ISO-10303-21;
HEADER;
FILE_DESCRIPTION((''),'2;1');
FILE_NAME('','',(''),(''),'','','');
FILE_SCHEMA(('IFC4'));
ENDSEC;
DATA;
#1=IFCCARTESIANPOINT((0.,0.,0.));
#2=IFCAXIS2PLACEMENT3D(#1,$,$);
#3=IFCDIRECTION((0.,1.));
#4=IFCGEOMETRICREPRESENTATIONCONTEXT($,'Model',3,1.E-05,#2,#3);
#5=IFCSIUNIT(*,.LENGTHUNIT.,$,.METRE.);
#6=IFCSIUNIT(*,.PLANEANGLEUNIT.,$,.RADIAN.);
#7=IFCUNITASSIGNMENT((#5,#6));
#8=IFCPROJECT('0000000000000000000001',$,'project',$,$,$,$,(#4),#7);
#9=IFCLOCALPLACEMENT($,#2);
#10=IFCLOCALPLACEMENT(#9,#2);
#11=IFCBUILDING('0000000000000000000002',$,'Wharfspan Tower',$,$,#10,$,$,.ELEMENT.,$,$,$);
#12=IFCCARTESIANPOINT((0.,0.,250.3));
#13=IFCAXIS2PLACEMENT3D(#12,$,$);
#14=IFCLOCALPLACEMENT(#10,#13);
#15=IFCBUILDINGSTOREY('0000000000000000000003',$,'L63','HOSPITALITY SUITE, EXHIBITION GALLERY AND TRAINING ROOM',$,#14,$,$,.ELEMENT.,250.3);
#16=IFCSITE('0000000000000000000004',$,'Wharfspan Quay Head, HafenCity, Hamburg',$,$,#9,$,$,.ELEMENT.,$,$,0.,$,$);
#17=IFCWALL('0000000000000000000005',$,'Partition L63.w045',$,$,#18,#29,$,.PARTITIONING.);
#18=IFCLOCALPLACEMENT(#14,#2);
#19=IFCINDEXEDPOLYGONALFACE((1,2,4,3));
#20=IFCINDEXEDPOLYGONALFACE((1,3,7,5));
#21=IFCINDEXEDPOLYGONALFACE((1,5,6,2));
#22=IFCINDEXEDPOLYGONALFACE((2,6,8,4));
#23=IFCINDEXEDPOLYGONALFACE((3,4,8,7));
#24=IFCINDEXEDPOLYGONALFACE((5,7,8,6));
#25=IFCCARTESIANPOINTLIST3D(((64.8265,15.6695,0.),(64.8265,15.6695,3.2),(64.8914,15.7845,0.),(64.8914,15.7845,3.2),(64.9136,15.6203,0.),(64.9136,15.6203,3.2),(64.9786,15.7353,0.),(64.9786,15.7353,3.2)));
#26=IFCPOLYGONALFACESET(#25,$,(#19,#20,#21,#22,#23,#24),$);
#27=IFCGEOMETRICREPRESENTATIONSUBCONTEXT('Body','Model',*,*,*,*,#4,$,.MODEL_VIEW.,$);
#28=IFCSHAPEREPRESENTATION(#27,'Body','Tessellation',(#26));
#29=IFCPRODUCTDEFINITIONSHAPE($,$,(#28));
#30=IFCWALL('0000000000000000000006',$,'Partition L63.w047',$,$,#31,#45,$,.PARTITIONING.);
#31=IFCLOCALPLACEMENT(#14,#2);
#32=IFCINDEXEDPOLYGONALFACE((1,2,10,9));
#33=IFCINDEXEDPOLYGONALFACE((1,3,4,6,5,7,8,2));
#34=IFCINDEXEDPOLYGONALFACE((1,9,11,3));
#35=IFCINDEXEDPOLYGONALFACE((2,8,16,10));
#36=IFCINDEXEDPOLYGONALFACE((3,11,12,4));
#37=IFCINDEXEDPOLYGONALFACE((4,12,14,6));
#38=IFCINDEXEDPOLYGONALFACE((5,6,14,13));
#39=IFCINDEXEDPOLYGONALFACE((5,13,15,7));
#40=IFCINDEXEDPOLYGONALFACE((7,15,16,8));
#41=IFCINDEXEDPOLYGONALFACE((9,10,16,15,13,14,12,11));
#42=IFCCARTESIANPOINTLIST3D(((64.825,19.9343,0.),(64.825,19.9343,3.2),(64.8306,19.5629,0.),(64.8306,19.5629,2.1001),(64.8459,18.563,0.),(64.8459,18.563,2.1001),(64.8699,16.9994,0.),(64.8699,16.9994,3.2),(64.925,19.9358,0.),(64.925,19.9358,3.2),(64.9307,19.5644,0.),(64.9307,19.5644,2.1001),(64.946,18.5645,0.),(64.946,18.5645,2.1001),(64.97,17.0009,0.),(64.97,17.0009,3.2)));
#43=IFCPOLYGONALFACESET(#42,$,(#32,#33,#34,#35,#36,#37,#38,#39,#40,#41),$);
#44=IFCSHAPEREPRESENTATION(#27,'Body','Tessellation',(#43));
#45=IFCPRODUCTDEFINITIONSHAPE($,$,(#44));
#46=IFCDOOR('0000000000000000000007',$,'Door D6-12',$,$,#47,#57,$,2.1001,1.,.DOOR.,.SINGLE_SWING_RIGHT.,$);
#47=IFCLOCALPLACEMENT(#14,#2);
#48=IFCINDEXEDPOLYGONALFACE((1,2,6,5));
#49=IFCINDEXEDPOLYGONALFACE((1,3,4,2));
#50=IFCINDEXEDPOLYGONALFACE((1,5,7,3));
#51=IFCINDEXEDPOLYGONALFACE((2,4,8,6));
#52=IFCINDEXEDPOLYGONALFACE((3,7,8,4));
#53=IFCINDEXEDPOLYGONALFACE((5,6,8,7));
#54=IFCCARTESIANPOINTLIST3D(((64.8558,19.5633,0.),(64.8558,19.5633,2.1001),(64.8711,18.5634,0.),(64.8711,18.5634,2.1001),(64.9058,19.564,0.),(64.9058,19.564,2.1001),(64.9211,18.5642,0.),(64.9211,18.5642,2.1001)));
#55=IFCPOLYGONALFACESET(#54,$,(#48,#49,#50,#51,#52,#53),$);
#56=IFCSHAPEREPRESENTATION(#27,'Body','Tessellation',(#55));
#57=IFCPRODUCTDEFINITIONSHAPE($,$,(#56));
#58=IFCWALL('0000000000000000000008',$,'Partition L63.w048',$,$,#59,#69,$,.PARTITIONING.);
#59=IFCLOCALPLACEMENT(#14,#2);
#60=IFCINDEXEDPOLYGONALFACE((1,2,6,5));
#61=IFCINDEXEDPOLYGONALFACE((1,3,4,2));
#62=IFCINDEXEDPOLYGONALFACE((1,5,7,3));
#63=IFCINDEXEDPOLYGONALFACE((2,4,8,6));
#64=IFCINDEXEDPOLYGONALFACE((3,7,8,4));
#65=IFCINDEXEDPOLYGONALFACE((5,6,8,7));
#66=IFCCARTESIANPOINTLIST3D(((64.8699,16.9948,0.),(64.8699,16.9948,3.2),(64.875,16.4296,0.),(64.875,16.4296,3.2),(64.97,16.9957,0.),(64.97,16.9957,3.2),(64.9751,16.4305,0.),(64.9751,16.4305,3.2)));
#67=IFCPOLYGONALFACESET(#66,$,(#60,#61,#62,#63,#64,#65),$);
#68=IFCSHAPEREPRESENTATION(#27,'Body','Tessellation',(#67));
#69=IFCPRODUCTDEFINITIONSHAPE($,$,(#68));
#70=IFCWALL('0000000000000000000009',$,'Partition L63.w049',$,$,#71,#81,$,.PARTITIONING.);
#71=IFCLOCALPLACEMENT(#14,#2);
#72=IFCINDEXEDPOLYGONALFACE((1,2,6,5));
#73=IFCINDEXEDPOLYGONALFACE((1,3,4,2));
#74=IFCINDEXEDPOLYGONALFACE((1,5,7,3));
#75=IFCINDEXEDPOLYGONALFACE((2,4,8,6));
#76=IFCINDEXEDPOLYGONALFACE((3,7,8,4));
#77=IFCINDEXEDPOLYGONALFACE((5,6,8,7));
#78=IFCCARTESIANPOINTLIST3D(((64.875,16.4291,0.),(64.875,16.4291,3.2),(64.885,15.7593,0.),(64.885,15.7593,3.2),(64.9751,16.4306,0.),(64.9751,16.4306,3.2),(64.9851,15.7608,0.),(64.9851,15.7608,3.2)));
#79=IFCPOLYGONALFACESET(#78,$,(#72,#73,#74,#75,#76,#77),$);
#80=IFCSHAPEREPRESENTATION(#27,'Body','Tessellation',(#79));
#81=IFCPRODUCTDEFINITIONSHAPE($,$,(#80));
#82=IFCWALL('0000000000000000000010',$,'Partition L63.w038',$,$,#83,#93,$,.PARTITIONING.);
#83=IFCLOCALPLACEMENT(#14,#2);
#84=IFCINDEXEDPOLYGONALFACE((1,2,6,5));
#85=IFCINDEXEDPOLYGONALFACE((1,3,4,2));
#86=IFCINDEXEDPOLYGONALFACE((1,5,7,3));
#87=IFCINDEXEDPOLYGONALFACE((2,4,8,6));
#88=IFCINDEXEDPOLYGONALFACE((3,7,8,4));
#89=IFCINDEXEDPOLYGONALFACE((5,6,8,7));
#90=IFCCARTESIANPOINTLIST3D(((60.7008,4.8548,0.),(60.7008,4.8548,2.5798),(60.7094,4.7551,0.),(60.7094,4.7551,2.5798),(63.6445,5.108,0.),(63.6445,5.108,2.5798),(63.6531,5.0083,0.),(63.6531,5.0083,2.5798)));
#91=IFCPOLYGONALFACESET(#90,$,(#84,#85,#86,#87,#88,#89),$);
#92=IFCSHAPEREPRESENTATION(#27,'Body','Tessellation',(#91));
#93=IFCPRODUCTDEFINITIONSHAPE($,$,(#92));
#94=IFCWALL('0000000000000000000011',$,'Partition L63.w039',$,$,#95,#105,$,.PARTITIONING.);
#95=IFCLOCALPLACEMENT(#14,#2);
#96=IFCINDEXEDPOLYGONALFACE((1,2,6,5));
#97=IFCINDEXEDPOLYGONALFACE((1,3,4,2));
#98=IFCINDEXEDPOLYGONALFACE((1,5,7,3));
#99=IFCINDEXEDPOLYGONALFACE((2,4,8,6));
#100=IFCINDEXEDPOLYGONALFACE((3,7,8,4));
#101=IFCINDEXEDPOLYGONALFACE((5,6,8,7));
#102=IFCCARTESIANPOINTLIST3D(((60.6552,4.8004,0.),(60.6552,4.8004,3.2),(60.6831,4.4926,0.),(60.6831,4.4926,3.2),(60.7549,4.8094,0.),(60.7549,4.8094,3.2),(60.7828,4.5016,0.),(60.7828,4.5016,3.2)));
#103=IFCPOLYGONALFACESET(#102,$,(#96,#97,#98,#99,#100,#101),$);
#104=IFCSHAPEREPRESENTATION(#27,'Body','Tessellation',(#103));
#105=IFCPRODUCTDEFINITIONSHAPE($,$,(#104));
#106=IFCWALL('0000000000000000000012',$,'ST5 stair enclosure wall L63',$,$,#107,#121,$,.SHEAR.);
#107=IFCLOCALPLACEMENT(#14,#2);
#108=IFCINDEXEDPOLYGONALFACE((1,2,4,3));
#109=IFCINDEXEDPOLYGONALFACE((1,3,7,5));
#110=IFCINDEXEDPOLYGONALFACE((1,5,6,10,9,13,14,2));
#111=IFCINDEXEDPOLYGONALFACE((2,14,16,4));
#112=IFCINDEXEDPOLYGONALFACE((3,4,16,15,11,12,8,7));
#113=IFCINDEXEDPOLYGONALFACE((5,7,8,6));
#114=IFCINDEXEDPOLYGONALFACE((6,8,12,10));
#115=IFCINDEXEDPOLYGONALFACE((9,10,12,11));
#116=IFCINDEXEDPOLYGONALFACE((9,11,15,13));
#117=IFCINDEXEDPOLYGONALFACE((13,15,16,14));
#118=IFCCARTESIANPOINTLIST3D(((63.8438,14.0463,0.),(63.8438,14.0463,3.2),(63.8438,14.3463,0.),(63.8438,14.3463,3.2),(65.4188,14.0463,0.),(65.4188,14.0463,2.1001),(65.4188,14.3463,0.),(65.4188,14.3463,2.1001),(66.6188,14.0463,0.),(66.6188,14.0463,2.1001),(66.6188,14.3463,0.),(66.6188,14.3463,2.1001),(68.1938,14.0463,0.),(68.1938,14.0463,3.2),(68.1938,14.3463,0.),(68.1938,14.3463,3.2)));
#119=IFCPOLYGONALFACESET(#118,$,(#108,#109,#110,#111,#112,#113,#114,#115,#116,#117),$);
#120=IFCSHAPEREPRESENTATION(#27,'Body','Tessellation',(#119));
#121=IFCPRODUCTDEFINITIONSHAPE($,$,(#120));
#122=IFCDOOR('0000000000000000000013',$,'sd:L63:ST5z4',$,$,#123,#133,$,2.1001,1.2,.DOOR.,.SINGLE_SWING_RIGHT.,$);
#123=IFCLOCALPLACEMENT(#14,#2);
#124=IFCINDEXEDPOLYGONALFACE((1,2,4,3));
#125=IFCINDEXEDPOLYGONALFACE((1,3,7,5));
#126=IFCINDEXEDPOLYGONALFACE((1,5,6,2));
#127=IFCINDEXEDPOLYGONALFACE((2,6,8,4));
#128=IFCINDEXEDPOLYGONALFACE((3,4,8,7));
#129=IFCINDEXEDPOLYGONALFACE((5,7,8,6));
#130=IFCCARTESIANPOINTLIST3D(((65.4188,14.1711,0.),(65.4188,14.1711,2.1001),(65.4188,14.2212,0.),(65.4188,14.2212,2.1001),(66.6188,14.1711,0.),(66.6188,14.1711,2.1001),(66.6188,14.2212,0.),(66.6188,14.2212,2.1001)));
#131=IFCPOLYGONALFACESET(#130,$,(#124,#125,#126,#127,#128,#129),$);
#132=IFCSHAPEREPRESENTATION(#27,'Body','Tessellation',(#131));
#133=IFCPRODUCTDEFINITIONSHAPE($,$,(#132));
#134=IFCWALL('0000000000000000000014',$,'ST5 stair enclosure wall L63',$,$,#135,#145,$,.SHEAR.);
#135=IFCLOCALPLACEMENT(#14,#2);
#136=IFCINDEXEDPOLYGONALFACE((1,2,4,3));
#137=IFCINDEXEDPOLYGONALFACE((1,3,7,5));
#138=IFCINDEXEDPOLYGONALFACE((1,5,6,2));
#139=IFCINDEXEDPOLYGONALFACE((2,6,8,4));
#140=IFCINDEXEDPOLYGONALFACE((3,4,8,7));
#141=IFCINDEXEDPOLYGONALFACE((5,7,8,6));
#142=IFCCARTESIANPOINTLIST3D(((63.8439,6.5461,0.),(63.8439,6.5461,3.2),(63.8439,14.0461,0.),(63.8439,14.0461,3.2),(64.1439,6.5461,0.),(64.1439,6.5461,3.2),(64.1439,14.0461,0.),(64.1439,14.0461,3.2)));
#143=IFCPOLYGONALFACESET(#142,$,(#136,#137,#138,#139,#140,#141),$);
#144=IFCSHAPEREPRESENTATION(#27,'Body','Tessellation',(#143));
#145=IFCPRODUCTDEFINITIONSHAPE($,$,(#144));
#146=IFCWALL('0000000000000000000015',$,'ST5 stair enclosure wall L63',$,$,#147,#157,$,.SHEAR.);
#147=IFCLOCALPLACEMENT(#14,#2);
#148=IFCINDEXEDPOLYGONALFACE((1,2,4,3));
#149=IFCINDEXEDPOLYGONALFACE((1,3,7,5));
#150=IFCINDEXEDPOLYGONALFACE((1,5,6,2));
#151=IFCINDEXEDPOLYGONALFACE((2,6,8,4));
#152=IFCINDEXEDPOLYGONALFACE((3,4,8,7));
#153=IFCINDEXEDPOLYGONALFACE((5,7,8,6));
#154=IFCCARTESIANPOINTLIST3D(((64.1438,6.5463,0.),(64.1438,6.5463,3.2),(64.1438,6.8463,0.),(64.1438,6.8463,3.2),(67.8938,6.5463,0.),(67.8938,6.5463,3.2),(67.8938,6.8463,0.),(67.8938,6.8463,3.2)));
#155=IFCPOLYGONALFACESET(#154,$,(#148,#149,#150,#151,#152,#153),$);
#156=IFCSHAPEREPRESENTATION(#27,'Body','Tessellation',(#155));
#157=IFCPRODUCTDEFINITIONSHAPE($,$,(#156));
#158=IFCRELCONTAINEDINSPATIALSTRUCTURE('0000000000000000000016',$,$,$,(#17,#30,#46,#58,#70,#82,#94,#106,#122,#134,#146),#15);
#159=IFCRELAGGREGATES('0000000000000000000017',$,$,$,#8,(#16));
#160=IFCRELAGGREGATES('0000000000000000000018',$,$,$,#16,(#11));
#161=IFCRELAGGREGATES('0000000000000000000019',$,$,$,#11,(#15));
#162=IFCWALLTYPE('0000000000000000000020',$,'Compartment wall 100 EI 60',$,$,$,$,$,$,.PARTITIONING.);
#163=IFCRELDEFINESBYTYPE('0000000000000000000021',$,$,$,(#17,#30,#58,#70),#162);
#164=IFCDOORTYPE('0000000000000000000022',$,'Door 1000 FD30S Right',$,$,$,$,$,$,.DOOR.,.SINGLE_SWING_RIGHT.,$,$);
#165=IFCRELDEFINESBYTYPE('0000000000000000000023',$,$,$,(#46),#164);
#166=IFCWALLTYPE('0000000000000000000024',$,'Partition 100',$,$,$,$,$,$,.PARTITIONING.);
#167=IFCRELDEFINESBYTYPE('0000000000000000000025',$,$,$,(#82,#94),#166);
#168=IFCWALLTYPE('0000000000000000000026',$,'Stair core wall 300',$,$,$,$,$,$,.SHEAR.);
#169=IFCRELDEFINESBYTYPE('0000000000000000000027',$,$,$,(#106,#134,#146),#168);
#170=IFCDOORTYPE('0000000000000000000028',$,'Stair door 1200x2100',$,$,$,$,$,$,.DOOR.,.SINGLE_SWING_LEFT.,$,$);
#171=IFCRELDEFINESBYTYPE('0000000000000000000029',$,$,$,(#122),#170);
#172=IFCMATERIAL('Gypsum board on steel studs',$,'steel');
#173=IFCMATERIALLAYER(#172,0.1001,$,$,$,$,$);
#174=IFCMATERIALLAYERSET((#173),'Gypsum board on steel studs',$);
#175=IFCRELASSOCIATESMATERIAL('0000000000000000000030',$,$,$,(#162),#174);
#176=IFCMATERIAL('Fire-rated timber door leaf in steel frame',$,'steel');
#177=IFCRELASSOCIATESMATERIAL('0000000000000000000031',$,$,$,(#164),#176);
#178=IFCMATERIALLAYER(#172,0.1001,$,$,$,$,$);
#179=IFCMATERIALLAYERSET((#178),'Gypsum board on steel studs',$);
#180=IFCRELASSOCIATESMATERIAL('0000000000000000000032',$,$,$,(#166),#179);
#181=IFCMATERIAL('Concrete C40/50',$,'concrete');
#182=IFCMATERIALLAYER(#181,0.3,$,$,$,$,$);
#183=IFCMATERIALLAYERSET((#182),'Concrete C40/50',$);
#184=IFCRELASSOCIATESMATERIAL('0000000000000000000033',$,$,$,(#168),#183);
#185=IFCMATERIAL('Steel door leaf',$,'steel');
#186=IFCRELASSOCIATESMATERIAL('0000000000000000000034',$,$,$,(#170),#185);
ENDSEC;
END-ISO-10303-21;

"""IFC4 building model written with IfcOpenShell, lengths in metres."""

from ifc_helpers import new_model, si_unit, direction, frame, frame_2d, origin, place, context, subcontext, project, spatial, rectangle, extrude, material, layer, layer_set, type_object, element, fill, save


model = new_model("IFC4")

# Units and contexts
model_context = context("Model", 3, precision=1e-05, world=origin(), true_north=direction((0.0, 1.0)))
body_context = subcontext(model_context, "Body", "Model", "MODEL_VIEW")
ifc_project = project(units=[si_unit("LENGTHUNIT", "METRE"), si_unit("PLANEANGLEUNIT", "RADIAN")], contexts=[model_context])

# Site, building, storey
site_placement = place(None, origin())
site = spatial("IfcSite", under=ifc_project, at=site_placement, Name="Wharfspan Quay Head, HafenCity, Hamburg", CompositionType="ELEMENT", RefElevation=0.0)
building_placement = place(site_placement, origin())
building = spatial("IfcBuilding", under=site, at=building_placement, Name="Wharfspan Tower", CompositionType="ELEMENT")
storey_placement = place(building_placement, frame((0.0, 0.0, 250.3)))
storey = spatial("IfcBuildingStorey", under=building, at=storey_placement, Name="L63", Description="HOSPITALITY SUITE, EXHIBITION GALLERY AND TRAINING ROOM", CompositionType="ELEMENT", Elevation=250.3)

# Wall
ifc_material_1 = material(Name="Gypsum board on steel studs", Category="steel")
ifc_layer_1 = layer(ifc_material_1, 0.1001)
ifc_layer_set_1 = layer_set([ifc_layer_1], Name="Gypsum board on steel studs")
wall_type_1 = type_object("IfcWallType", Name="Compartment wall 100 EI 60", PredefinedType="PARTITIONING", material=ifc_layer_set_1)
wall_1_placement = place(storey_placement, frame((64.8701, 15.645, 0.0), z_axis=(0.0, 0.0, 1.0), x_axis=(0.491751, 0.870732, 0.0)))
element("IfcWall", 1, at=wall_1_placement, inside=storey, type_object=wall_type_1, Name="Partition L63.w045", PredefinedType="PARTITIONING", context=body_context, shape_type="SweptSolid", body=[
    extrude(rectangle(XDim=0.1321, YDim=0.1001, at=frame_2d((0.0659, 0.0))), origin(), (0.0, 0.0, 1.0), 3.2),
])

# Wall, opening, door
wall_2_placement = place(storey_placement, frame((64.9199, 17.0, 0.0), z_axis=(0.0, 0.0, 1.0), x_axis=(-0.015303, 0.999879, 0.0)))
wall_2 = element("IfcWall", 2, at=wall_2_placement, inside=storey, type_object=wall_type_1, Name="Partition L63.w047", PredefinedType="PARTITIONING", context=body_context, shape_type="SweptSolid", body=[
    extrude(rectangle(XDim=2.9353, YDim=0.1001, at=frame_2d((1.4678, 0.0))), origin(), (0.0, 0.0, 1.0), 3.2),
])
opening_1_placement = place(wall_2_placement, frame((1.564, 0.0, 0.0)))
opening_1 = element("IfcOpeningElement", 3, at=opening_1_placement, cuts=wall_2, PredefinedType="OPENING", context=body_context, shape_type="SweptSolid", body=[
    extrude(rectangle(XDim=1.0, YDim=2.1001, at=frame_2d((0.5, 1.05))), frame((0.0, 0.0601, 0.0), z_axis=(0.0, -1.0, 0.0), x_axis=(1.0, 0.0, 0.0)), (0.0, 0.0, 1.0), 0.1201),
])
ifc_material_2 = material(Name="Fire-rated timber door leaf in steel frame", Category="steel")
door_type_1 = type_object("IfcDoorType", Name="Door 1000 FD30S Right", OperationType="SINGLE_SWING_RIGHT", PredefinedType="DOOR", material=ifc_material_2)
door_1_placement = place(opening_1_placement, origin())
door_1 = element("IfcDoor", 4, at=door_1_placement, inside=storey, type_object=door_type_1, Name="Door D6-12", OperationType="SINGLE_SWING_RIGHT", OverallHeight=2.1001, OverallWidth=1.0, PredefinedType="DOOR", context=body_context, shape_type="SweptSolid", body=[
    extrude(rectangle(XDim=1.0, YDim=2.1001, at=frame_2d((0.5, 1.05))), frame((0.0, 0.0249, 0.0), z_axis=(0.0, -1.0, 0.0), x_axis=(1.0, 0.0, 0.0)), (0.0, 0.0, 1.0), 0.05),
])
fill(opening_1, door_1)

# Walls
wall_3_placement = place(storey_placement, frame((64.925, 16.4299, 0.0), z_axis=(0.0, 0.0, 1.0), x_axis=(-0.009071, 0.999963, 0.0)))
element("IfcWall", 5, at=wall_3_placement, inside=storey, type_object=wall_type_1, Name="Partition L63.w048", PredefinedType="PARTITIONING", context=body_context, shape_type="SweptSolid", body=[
    extrude(rectangle(XDim=0.5652, YDim=0.1001, at=frame_2d((0.2827, 0.0))), origin(), (0.0, 0.0, 1.0), 3.2),
])
wall_4_placement = place(storey_placement, frame((64.9351, 15.76, 0.0), z_axis=(0.0, 0.0, 1.0), x_axis=(-0.01494, 0.999887, 0.0)))
element("IfcWall", 6, at=wall_4_placement, inside=storey, type_object=wall_type_1, Name="Partition L63.w049", PredefinedType="PARTITIONING", context=body_context, shape_type="SweptSolid", body=[
    extrude(rectangle(XDim=0.6699, YDim=0.1001, at=frame_2d((0.335, 0.0))), origin(), (0.0, 0.0, 1.0), 3.2),
])
ifc_layer_2 = layer(ifc_material_1, 0.1001)
ifc_layer_set_2 = layer_set([ifc_layer_2], Name="Gypsum board on steel studs")
wall_type_2 = type_object("IfcWallType", Name="Partition 100", PredefinedType="PARTITIONING", material=ifc_layer_set_2)
wall_5_placement = place(storey_placement, frame((60.7051, 4.8049, 0.0), z_axis=(0.0, 0.0, 1.0), x_axis=(0.996324, 0.085692, 0.0)))
element("IfcWall", 7, at=wall_5_placement, inside=storey, type_object=wall_type_2, Name="Partition L63.w038", PredefinedType="PARTITIONING", context=body_context, shape_type="SweptSolid", body=[
    extrude(rectangle(XDim=2.9546, YDim=0.1001, at=frame_2d((1.4773, 0.0))), origin(), (0.0, 0.0, 1.0), 2.5798),
])
wall_6_placement = place(storey_placement, frame((60.7329, 4.4971, 0.0), z_axis=(0.0, 0.0, 1.0), x_axis=(-0.090037, 0.995936, 0.0)))
element("IfcWall", 8, at=wall_6_placement, inside=storey, type_object=wall_type_2, Name="Partition L63.w039", PredefinedType="PARTITIONING", context=body_context, shape_type="SweptSolid", body=[
    extrude(rectangle(XDim=0.3091, YDim=0.1001, at=frame_2d((0.1545, 0.0))), origin(), (0.0, 0.0, 1.0), 3.2),
])

# Wall, opening, door
ifc_material_3 = material(Name="Concrete C40/50", Category="concrete")
ifc_layer_3 = layer(ifc_material_3, 0.3)
ifc_layer_set_3 = layer_set([ifc_layer_3], Name="Concrete C40/50")
wall_type_3 = type_object("IfcWallType", Name="Stair core wall 300", PredefinedType="SHEAR", material=ifc_layer_set_3)
wall_7_placement = place(storey_placement, frame((63.8438, 14.1963, 0.0), z_axis=(0.0, 0.0, 1.0), x_axis=(1.0, 0.0, 0.0)))
wall_7 = element("IfcWall", 9, at=wall_7_placement, inside=storey, type_object=wall_type_3, Name="ST5 stair enclosure wall L63", PredefinedType="SHEAR", context=body_context, shape_type="SweptSolid", body=[
    extrude(rectangle(XDim=4.3501, YDim=0.3, at=frame_2d((2.175, 0.0))), origin(), (0.0, 0.0, 1.0), 3.2),
])
opening_2_placement = place(wall_7_placement, frame((1.575, 0.0, 0.0)))
opening_2 = element("IfcOpeningElement", 10, at=opening_2_placement, cuts=wall_7, PredefinedType="OPENING", context=body_context, shape_type="SweptSolid", body=[
    extrude(rectangle(XDim=1.2, YDim=2.1001, at=frame_2d((0.6001, 1.05))), frame((0.0, 0.1599, 0.0), z_axis=(0.0, -1.0, 0.0), x_axis=(1.0, 0.0, 0.0)), (0.0, 0.0, 1.0), 0.3201),
])
ifc_material_4 = material(Name="Steel door leaf", Category="steel")
door_type_2 = type_object("IfcDoorType", Name="Stair door 1200x2100", OperationType="SINGLE_SWING_LEFT", PredefinedType="DOOR", material=ifc_material_4)
door_2_placement = place(opening_2_placement, origin())
door_2 = element("IfcDoor", 11, at=door_2_placement, inside=storey, type_object=door_type_2, Name="sd:L63:ST5z4", OperationType="SINGLE_SWING_RIGHT", OverallHeight=2.1001, OverallWidth=1.2, PredefinedType="DOOR", context=body_context, shape_type="SweptSolid", body=[
    extrude(rectangle(XDim=1.2, YDim=2.1001, at=frame_2d((0.6001, 1.05))), frame((0.0, 0.0249, 0.0), z_axis=(0.0, -1.0, 0.0), x_axis=(1.0, 0.0, 0.0)), (0.0, 0.0, 1.0), 0.05),
])
fill(opening_2, door_2)

# Walls
wall_8_placement = place(storey_placement, frame((63.9939, 6.5461, 0.0), z_axis=(0.0, 0.0, 1.0), x_axis=(0.0, 1.0, 0.0)))
element("IfcWall", 12, at=wall_8_placement, inside=storey, type_object=wall_type_3, Name="ST5 stair enclosure wall L63", PredefinedType="SHEAR", context=body_context, shape_type="SweptSolid", body=[
    extrude(rectangle(XDim=7.5, YDim=0.3, at=frame_2d((3.75, 0.0))), origin(), (0.0, 0.0, 1.0), 3.2),
])
wall_9_placement = place(storey_placement, frame((64.1438, 6.6963, 0.0), z_axis=(0.0, 0.0, 1.0), x_axis=(1.0, 0.0, 0.0)))
element("IfcWall", 13, at=wall_9_placement, inside=storey, type_object=wall_type_3, Name="ST5 stair enclosure wall L63", PredefinedType="SHEAR", context=body_context, shape_type="SweptSolid", body=[
    extrude(rectangle(XDim=3.75, YDim=0.3, at=frame_2d((1.875, 0.0))), origin(), (0.0, 0.0, 1.0), 3.2),
])

save(model, "model.ifc")
